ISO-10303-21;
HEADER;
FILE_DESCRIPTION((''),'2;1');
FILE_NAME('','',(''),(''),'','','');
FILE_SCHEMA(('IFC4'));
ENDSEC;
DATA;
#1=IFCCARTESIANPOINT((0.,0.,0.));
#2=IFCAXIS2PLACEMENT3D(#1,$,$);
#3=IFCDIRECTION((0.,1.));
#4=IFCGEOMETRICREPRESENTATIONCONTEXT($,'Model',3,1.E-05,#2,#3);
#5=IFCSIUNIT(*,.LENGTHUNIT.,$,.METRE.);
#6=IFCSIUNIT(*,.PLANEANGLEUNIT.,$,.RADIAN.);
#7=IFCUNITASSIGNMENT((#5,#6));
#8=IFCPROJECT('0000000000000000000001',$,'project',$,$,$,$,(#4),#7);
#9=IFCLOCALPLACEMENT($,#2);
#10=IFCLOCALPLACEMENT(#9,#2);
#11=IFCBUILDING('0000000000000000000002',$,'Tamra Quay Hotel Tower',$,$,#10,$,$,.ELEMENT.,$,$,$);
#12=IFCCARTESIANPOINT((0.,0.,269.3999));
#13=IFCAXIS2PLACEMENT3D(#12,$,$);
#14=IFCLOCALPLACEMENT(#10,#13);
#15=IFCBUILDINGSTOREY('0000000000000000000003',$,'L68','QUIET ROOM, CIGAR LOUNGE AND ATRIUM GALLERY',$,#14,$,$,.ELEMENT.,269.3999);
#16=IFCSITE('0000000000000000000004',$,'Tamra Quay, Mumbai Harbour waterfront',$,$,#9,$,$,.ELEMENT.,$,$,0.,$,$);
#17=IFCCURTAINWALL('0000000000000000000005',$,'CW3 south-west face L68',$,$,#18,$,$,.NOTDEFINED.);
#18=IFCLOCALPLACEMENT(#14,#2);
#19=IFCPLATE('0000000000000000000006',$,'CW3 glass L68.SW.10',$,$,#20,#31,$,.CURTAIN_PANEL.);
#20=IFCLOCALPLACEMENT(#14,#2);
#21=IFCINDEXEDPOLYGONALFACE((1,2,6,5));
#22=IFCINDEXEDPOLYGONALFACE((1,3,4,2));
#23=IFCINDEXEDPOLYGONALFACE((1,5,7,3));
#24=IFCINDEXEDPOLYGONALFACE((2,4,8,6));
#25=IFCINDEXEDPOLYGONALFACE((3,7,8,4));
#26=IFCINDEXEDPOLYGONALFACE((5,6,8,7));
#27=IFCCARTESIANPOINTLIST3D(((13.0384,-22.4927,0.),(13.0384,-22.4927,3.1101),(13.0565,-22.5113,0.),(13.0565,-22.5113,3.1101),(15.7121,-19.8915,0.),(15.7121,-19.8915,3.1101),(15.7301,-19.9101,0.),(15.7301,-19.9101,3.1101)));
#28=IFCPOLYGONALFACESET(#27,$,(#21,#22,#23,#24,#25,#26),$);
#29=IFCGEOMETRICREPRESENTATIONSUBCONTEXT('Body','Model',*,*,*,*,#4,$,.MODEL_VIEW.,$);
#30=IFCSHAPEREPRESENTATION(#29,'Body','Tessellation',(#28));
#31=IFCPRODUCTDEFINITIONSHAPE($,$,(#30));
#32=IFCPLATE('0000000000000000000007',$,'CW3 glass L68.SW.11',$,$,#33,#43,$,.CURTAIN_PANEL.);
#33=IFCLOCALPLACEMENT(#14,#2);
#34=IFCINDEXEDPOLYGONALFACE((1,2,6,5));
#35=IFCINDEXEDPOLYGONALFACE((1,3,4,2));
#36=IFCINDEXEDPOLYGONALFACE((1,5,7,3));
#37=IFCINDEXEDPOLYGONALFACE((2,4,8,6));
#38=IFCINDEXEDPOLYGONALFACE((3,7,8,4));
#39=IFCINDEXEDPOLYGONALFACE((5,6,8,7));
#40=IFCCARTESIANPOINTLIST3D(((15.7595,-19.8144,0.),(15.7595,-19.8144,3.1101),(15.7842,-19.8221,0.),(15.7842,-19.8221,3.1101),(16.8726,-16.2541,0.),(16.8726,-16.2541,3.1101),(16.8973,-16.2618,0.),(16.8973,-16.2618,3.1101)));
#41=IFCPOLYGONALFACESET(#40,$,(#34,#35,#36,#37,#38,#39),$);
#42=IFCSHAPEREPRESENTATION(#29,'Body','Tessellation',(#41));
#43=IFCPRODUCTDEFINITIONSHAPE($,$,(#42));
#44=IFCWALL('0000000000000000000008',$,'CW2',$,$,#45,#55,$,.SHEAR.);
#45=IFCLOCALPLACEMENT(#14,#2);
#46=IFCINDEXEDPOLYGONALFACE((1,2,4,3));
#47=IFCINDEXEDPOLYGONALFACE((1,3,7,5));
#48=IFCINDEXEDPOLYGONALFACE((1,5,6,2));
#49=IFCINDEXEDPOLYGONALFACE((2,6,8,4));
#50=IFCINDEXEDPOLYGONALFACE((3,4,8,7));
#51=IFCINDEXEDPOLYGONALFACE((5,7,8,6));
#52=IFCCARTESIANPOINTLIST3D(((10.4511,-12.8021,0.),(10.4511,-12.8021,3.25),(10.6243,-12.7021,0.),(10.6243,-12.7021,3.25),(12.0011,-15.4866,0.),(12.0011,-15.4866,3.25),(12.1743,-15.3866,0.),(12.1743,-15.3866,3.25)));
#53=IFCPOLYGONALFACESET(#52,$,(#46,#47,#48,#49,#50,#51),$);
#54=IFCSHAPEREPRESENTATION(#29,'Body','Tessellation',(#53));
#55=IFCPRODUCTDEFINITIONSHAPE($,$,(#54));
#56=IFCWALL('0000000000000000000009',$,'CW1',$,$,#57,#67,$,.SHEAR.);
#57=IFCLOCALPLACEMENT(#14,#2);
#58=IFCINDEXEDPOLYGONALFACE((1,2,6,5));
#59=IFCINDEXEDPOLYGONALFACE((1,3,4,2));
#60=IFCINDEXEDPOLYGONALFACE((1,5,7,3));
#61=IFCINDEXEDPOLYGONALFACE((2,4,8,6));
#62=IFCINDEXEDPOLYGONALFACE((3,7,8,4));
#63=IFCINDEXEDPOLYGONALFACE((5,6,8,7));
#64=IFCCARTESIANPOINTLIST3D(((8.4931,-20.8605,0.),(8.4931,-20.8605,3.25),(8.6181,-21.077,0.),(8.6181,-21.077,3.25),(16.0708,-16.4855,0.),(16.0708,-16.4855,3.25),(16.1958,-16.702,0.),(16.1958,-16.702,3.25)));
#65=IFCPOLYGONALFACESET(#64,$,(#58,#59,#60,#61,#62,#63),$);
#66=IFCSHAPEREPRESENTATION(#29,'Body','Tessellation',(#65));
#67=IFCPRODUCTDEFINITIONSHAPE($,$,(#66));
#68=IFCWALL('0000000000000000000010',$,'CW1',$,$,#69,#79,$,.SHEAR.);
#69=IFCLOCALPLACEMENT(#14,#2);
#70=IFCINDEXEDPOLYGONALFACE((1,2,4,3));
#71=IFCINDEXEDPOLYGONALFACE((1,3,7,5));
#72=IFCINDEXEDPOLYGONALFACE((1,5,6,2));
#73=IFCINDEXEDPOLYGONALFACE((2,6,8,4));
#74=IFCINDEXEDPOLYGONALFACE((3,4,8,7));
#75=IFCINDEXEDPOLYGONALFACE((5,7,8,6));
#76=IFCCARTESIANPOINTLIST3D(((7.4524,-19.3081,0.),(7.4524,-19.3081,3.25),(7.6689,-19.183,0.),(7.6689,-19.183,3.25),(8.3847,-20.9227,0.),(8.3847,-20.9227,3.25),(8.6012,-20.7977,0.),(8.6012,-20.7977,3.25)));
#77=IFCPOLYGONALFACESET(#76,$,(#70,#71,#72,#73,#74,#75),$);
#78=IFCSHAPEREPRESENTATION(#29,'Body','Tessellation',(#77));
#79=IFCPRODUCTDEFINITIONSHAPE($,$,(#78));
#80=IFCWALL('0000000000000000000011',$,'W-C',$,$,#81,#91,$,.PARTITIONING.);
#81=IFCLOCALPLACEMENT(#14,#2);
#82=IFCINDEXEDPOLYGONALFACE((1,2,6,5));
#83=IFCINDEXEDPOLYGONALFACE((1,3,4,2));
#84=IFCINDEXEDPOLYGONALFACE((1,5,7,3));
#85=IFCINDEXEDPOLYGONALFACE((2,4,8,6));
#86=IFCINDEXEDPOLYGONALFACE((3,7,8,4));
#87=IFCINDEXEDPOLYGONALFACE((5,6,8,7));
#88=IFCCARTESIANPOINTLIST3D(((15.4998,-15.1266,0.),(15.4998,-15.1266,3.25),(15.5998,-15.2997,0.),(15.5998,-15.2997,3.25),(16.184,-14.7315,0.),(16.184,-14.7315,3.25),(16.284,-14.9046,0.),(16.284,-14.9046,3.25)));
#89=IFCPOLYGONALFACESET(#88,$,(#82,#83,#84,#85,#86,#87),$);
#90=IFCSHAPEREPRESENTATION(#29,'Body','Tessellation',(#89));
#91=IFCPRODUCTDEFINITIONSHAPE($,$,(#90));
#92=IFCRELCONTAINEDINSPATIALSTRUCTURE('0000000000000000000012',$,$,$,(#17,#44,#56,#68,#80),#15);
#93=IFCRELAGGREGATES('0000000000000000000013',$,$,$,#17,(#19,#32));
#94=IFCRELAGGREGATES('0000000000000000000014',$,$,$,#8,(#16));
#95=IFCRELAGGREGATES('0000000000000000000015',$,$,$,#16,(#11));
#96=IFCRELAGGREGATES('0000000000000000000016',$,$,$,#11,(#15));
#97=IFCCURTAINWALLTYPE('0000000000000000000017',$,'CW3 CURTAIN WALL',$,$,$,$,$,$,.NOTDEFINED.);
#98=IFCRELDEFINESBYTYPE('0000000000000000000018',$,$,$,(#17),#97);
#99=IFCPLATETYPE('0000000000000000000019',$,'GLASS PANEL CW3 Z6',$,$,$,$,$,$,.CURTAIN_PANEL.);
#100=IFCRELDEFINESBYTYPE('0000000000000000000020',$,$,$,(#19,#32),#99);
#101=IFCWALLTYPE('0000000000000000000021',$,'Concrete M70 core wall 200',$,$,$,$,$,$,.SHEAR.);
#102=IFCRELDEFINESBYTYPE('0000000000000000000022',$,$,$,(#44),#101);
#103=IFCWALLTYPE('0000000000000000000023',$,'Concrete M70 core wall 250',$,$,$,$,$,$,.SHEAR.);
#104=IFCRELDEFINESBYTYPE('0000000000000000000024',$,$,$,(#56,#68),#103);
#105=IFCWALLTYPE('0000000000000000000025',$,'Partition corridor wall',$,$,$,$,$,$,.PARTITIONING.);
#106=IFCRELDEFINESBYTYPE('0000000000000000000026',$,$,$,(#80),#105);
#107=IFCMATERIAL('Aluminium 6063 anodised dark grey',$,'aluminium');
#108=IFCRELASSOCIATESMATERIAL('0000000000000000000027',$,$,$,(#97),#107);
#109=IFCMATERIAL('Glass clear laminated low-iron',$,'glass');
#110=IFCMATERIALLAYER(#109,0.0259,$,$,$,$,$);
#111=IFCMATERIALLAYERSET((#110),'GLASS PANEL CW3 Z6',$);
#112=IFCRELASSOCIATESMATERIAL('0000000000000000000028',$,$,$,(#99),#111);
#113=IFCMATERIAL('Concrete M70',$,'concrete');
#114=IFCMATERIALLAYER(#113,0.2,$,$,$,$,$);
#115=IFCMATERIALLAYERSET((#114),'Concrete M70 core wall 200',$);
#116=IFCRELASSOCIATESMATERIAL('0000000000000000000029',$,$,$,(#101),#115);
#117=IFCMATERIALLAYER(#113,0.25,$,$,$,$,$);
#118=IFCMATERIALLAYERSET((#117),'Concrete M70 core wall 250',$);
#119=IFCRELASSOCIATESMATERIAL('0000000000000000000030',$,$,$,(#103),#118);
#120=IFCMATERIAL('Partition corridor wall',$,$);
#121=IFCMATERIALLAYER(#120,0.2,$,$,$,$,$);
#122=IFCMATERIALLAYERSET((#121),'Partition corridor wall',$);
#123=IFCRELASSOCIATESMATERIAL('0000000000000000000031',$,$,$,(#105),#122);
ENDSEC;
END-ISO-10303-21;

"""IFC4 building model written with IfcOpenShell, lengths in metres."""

from ifc_helpers import new_model, si_unit, direction, frame, frame_2d, origin, origin_2d, place, context, subcontext, project, spatial, rectangle, extrude, material, layer, layer_set, type_object, element, aggregate, save


model = new_model("IFC4")

# Units and contexts
model_context = context("Model", 3, precision=1e-05, world=origin(), true_north=direction((0.0, 1.0)))
body_context = subcontext(model_context, "Body", "Model", "MODEL_VIEW")
ifc_project = project(units=[si_unit("LENGTHUNIT", "METRE"), si_unit("PLANEANGLEUNIT", "RADIAN")], contexts=[model_context])

# Site, building, storey
site_placement = place(None, origin())
site = spatial("IfcSite", under=ifc_project, at=site_placement, Name="Tamra Quay, Mumbai Harbour waterfront", CompositionType="ELEMENT", RefElevation=0.0)
building_placement = place(site_placement, origin())
building = spatial("IfcBuilding", under=site, at=building_placement, Name="Tamra Quay Hotel Tower", CompositionType="ELEMENT")
storey_placement = place(building_placement, frame((0.0, 0.0, 269.3999)))
storey = spatial("IfcBuildingStorey", under=building, at=storey_placement, Name="L68", Description="QUIET ROOM, CIGAR LOUNGE AND ATRIUM GALLERY", CompositionType="ELEMENT", Elevation=269.3999)

# Shared definitions
ifc_material_1 = material(Name="Concrete M70", Category="concrete")

# Shared definitions
ifc_material_2 = material(Name="Aluminium 6063 anodised dark grey", Category="aluminium")

# Curtain wall
curtain_wall_type_1 = type_object("IfcCurtainWallType", Name="CW3 CURTAIN WALL", PredefinedType="NOTDEFINED", material=ifc_material_2)
curtain_wall_1_placement = place(storey_placement, origin())
curtain_wall_1 = element("IfcCurtainWall", 1, at=curtain_wall_1_placement, inside=storey, type_object=curtain_wall_type_1, Name="CW3 south-west face L68", PredefinedType="NOTDEFINED")

# Plates
ifc_material_3 = material(Name="Glass clear laminated low-iron", Category="glass")
ifc_layer_1 = layer(ifc_material_3, 0.0259)
ifc_layer_set_1 = layer_set([ifc_layer_1], Name="GLASS PANEL CW3 Z6")
plate_type = type_object("IfcPlateType", Name="GLASS PANEL CW3 Z6", PredefinedType="CURTAIN_PANEL", material=ifc_layer_set_1)
plate_1_placement = place(storey_placement, frame((14.3843, -21.2014, 0.0), z_axis=(0.0, 0.0, 1.0), x_axis=(0.716753, 0.697327, 0.0)))
plate_1 = element("IfcPlate", 2, at=plate_1_placement, type_object=plate_type, Name="CW3 glass L68.SW.10", PredefinedType="CURTAIN_PANEL", context=body_context, shape_type="SweptSolid", body=[
    extrude(rectangle(XDim=3.7302, YDim=0.0259, at=origin_2d()), origin(), (0.0, 0.0, 1.0), 3.1101),
])
plate_2_placement = place(storey_placement, frame((16.3284, -18.0381, 0.0), z_axis=(0.0, 0.0, 1.0), x_axis=(0.298392, 0.954443, 0.0)))
plate_2 = element("IfcPlate", 3, at=plate_2_placement, type_object=plate_type, Name="CW3 glass L68.SW.11", PredefinedType="CURTAIN_PANEL", context=body_context, shape_type="SweptSolid", body=[
    extrude(rectangle(XDim=3.7302, YDim=0.0259, at=origin_2d()), origin(), (0.0, 0.0, 1.0), 3.1101),
])
aggregate(curtain_wall_1, [plate_1, plate_2])

# Walls
ifc_layer_2 = layer(ifc_material_1, 0.2)
ifc_layer_set_2 = layer_set([ifc_layer_2], Name="Concrete M70 core wall 200")
wall_type_1 = type_object("IfcWallType", Name="Concrete M70 core wall 200", PredefinedType="SHEAR", material=ifc_layer_set_2)
wall_1_placement = place(storey_placement, frame((12.0876, -15.4365, 0.0), z_axis=(0.0, 0.0, 1.0), x_axis=(-0.500027, 0.86601, 0.0)))
element("IfcWall", 4, at=wall_1_placement, inside=storey, type_object=wall_type_1, Name="CW2", PredefinedType="SHEAR", context=body_context, shape_type="SweptSolid", body=[
    extrude(rectangle(XDim=3.0999, YDim=0.2, at=frame_2d((1.5498, 0.0))), origin(), (0.0, 0.0, 1.0), 3.25),
])
ifc_layer_3 = layer(ifc_material_1, 0.25)
ifc_layer_set_3 = layer_set([ifc_layer_3], Name="Concrete M70 core wall 250")
wall_type_2 = type_object("IfcWallType", Name="Concrete M70 core wall 250", PredefinedType="SHEAR", material=ifc_layer_set_3)
wall_2_placement = place(storey_placement, frame((16.1333, -16.5938, 0.0), z_axis=(0.0, 0.0, 1.0), x_axis=(-0.866023, -0.500004, 0.0)))
element("IfcWall", 5, at=wall_2_placement, inside=storey, type_object=wall_type_2, Name="CW1", PredefinedType="SHEAR", context=body_context, shape_type="SweptSolid", body=[
    extrude(rectangle(XDim=8.75, YDim=0.25, at=frame_2d((4.375, 0.0))), origin(), (0.0, 0.0, 1.0), 3.25),
])
wall_3_placement = place(storey_placement, frame((8.4929, -20.8601, 0.0), z_axis=(0.0, 0.0, 1.0), x_axis=(-0.50004, 0.866002, 0.0)))
element("IfcWall", 6, at=wall_3_placement, inside=storey, type_object=wall_type_2, Name="CW1", PredefinedType="SHEAR", context=body_context, shape_type="SweptSolid", body=[
    extrude(rectangle(XDim=1.8645, YDim=0.25, at=frame_2d((0.9321, 0.0))), origin(), (0.0, 0.0, 1.0), 3.25),
])
ifc_material_4 = material(Name="Partition corridor wall")
ifc_layer_4 = layer(ifc_material_4, 0.2)
ifc_layer_set_4 = layer_set([ifc_layer_4], Name="Partition corridor wall")
wall_type_3 = type_object("IfcWallType", Name="Partition corridor wall", PredefinedType="PARTITIONING", material=ifc_layer_set_4)
wall_4_placement = place(storey_placement, frame((15.5498, -15.2131, 0.0), z_axis=(0.0, 0.0, 1.0), x_axis=(0.86599, 0.500061, 0.0)))
element("IfcWall", 7, at=wall_4_placement, inside=storey, type_object=wall_type_3, Name="W-C", PredefinedType="PARTITIONING", context=body_context, shape_type="SweptSolid", body=[
    extrude(rectangle(XDim=0.79, YDim=0.2, at=frame_2d((0.395, 0.0))), origin(), (0.0, 0.0, 1.0), 3.25),
])

save(model, "model.ifc")
